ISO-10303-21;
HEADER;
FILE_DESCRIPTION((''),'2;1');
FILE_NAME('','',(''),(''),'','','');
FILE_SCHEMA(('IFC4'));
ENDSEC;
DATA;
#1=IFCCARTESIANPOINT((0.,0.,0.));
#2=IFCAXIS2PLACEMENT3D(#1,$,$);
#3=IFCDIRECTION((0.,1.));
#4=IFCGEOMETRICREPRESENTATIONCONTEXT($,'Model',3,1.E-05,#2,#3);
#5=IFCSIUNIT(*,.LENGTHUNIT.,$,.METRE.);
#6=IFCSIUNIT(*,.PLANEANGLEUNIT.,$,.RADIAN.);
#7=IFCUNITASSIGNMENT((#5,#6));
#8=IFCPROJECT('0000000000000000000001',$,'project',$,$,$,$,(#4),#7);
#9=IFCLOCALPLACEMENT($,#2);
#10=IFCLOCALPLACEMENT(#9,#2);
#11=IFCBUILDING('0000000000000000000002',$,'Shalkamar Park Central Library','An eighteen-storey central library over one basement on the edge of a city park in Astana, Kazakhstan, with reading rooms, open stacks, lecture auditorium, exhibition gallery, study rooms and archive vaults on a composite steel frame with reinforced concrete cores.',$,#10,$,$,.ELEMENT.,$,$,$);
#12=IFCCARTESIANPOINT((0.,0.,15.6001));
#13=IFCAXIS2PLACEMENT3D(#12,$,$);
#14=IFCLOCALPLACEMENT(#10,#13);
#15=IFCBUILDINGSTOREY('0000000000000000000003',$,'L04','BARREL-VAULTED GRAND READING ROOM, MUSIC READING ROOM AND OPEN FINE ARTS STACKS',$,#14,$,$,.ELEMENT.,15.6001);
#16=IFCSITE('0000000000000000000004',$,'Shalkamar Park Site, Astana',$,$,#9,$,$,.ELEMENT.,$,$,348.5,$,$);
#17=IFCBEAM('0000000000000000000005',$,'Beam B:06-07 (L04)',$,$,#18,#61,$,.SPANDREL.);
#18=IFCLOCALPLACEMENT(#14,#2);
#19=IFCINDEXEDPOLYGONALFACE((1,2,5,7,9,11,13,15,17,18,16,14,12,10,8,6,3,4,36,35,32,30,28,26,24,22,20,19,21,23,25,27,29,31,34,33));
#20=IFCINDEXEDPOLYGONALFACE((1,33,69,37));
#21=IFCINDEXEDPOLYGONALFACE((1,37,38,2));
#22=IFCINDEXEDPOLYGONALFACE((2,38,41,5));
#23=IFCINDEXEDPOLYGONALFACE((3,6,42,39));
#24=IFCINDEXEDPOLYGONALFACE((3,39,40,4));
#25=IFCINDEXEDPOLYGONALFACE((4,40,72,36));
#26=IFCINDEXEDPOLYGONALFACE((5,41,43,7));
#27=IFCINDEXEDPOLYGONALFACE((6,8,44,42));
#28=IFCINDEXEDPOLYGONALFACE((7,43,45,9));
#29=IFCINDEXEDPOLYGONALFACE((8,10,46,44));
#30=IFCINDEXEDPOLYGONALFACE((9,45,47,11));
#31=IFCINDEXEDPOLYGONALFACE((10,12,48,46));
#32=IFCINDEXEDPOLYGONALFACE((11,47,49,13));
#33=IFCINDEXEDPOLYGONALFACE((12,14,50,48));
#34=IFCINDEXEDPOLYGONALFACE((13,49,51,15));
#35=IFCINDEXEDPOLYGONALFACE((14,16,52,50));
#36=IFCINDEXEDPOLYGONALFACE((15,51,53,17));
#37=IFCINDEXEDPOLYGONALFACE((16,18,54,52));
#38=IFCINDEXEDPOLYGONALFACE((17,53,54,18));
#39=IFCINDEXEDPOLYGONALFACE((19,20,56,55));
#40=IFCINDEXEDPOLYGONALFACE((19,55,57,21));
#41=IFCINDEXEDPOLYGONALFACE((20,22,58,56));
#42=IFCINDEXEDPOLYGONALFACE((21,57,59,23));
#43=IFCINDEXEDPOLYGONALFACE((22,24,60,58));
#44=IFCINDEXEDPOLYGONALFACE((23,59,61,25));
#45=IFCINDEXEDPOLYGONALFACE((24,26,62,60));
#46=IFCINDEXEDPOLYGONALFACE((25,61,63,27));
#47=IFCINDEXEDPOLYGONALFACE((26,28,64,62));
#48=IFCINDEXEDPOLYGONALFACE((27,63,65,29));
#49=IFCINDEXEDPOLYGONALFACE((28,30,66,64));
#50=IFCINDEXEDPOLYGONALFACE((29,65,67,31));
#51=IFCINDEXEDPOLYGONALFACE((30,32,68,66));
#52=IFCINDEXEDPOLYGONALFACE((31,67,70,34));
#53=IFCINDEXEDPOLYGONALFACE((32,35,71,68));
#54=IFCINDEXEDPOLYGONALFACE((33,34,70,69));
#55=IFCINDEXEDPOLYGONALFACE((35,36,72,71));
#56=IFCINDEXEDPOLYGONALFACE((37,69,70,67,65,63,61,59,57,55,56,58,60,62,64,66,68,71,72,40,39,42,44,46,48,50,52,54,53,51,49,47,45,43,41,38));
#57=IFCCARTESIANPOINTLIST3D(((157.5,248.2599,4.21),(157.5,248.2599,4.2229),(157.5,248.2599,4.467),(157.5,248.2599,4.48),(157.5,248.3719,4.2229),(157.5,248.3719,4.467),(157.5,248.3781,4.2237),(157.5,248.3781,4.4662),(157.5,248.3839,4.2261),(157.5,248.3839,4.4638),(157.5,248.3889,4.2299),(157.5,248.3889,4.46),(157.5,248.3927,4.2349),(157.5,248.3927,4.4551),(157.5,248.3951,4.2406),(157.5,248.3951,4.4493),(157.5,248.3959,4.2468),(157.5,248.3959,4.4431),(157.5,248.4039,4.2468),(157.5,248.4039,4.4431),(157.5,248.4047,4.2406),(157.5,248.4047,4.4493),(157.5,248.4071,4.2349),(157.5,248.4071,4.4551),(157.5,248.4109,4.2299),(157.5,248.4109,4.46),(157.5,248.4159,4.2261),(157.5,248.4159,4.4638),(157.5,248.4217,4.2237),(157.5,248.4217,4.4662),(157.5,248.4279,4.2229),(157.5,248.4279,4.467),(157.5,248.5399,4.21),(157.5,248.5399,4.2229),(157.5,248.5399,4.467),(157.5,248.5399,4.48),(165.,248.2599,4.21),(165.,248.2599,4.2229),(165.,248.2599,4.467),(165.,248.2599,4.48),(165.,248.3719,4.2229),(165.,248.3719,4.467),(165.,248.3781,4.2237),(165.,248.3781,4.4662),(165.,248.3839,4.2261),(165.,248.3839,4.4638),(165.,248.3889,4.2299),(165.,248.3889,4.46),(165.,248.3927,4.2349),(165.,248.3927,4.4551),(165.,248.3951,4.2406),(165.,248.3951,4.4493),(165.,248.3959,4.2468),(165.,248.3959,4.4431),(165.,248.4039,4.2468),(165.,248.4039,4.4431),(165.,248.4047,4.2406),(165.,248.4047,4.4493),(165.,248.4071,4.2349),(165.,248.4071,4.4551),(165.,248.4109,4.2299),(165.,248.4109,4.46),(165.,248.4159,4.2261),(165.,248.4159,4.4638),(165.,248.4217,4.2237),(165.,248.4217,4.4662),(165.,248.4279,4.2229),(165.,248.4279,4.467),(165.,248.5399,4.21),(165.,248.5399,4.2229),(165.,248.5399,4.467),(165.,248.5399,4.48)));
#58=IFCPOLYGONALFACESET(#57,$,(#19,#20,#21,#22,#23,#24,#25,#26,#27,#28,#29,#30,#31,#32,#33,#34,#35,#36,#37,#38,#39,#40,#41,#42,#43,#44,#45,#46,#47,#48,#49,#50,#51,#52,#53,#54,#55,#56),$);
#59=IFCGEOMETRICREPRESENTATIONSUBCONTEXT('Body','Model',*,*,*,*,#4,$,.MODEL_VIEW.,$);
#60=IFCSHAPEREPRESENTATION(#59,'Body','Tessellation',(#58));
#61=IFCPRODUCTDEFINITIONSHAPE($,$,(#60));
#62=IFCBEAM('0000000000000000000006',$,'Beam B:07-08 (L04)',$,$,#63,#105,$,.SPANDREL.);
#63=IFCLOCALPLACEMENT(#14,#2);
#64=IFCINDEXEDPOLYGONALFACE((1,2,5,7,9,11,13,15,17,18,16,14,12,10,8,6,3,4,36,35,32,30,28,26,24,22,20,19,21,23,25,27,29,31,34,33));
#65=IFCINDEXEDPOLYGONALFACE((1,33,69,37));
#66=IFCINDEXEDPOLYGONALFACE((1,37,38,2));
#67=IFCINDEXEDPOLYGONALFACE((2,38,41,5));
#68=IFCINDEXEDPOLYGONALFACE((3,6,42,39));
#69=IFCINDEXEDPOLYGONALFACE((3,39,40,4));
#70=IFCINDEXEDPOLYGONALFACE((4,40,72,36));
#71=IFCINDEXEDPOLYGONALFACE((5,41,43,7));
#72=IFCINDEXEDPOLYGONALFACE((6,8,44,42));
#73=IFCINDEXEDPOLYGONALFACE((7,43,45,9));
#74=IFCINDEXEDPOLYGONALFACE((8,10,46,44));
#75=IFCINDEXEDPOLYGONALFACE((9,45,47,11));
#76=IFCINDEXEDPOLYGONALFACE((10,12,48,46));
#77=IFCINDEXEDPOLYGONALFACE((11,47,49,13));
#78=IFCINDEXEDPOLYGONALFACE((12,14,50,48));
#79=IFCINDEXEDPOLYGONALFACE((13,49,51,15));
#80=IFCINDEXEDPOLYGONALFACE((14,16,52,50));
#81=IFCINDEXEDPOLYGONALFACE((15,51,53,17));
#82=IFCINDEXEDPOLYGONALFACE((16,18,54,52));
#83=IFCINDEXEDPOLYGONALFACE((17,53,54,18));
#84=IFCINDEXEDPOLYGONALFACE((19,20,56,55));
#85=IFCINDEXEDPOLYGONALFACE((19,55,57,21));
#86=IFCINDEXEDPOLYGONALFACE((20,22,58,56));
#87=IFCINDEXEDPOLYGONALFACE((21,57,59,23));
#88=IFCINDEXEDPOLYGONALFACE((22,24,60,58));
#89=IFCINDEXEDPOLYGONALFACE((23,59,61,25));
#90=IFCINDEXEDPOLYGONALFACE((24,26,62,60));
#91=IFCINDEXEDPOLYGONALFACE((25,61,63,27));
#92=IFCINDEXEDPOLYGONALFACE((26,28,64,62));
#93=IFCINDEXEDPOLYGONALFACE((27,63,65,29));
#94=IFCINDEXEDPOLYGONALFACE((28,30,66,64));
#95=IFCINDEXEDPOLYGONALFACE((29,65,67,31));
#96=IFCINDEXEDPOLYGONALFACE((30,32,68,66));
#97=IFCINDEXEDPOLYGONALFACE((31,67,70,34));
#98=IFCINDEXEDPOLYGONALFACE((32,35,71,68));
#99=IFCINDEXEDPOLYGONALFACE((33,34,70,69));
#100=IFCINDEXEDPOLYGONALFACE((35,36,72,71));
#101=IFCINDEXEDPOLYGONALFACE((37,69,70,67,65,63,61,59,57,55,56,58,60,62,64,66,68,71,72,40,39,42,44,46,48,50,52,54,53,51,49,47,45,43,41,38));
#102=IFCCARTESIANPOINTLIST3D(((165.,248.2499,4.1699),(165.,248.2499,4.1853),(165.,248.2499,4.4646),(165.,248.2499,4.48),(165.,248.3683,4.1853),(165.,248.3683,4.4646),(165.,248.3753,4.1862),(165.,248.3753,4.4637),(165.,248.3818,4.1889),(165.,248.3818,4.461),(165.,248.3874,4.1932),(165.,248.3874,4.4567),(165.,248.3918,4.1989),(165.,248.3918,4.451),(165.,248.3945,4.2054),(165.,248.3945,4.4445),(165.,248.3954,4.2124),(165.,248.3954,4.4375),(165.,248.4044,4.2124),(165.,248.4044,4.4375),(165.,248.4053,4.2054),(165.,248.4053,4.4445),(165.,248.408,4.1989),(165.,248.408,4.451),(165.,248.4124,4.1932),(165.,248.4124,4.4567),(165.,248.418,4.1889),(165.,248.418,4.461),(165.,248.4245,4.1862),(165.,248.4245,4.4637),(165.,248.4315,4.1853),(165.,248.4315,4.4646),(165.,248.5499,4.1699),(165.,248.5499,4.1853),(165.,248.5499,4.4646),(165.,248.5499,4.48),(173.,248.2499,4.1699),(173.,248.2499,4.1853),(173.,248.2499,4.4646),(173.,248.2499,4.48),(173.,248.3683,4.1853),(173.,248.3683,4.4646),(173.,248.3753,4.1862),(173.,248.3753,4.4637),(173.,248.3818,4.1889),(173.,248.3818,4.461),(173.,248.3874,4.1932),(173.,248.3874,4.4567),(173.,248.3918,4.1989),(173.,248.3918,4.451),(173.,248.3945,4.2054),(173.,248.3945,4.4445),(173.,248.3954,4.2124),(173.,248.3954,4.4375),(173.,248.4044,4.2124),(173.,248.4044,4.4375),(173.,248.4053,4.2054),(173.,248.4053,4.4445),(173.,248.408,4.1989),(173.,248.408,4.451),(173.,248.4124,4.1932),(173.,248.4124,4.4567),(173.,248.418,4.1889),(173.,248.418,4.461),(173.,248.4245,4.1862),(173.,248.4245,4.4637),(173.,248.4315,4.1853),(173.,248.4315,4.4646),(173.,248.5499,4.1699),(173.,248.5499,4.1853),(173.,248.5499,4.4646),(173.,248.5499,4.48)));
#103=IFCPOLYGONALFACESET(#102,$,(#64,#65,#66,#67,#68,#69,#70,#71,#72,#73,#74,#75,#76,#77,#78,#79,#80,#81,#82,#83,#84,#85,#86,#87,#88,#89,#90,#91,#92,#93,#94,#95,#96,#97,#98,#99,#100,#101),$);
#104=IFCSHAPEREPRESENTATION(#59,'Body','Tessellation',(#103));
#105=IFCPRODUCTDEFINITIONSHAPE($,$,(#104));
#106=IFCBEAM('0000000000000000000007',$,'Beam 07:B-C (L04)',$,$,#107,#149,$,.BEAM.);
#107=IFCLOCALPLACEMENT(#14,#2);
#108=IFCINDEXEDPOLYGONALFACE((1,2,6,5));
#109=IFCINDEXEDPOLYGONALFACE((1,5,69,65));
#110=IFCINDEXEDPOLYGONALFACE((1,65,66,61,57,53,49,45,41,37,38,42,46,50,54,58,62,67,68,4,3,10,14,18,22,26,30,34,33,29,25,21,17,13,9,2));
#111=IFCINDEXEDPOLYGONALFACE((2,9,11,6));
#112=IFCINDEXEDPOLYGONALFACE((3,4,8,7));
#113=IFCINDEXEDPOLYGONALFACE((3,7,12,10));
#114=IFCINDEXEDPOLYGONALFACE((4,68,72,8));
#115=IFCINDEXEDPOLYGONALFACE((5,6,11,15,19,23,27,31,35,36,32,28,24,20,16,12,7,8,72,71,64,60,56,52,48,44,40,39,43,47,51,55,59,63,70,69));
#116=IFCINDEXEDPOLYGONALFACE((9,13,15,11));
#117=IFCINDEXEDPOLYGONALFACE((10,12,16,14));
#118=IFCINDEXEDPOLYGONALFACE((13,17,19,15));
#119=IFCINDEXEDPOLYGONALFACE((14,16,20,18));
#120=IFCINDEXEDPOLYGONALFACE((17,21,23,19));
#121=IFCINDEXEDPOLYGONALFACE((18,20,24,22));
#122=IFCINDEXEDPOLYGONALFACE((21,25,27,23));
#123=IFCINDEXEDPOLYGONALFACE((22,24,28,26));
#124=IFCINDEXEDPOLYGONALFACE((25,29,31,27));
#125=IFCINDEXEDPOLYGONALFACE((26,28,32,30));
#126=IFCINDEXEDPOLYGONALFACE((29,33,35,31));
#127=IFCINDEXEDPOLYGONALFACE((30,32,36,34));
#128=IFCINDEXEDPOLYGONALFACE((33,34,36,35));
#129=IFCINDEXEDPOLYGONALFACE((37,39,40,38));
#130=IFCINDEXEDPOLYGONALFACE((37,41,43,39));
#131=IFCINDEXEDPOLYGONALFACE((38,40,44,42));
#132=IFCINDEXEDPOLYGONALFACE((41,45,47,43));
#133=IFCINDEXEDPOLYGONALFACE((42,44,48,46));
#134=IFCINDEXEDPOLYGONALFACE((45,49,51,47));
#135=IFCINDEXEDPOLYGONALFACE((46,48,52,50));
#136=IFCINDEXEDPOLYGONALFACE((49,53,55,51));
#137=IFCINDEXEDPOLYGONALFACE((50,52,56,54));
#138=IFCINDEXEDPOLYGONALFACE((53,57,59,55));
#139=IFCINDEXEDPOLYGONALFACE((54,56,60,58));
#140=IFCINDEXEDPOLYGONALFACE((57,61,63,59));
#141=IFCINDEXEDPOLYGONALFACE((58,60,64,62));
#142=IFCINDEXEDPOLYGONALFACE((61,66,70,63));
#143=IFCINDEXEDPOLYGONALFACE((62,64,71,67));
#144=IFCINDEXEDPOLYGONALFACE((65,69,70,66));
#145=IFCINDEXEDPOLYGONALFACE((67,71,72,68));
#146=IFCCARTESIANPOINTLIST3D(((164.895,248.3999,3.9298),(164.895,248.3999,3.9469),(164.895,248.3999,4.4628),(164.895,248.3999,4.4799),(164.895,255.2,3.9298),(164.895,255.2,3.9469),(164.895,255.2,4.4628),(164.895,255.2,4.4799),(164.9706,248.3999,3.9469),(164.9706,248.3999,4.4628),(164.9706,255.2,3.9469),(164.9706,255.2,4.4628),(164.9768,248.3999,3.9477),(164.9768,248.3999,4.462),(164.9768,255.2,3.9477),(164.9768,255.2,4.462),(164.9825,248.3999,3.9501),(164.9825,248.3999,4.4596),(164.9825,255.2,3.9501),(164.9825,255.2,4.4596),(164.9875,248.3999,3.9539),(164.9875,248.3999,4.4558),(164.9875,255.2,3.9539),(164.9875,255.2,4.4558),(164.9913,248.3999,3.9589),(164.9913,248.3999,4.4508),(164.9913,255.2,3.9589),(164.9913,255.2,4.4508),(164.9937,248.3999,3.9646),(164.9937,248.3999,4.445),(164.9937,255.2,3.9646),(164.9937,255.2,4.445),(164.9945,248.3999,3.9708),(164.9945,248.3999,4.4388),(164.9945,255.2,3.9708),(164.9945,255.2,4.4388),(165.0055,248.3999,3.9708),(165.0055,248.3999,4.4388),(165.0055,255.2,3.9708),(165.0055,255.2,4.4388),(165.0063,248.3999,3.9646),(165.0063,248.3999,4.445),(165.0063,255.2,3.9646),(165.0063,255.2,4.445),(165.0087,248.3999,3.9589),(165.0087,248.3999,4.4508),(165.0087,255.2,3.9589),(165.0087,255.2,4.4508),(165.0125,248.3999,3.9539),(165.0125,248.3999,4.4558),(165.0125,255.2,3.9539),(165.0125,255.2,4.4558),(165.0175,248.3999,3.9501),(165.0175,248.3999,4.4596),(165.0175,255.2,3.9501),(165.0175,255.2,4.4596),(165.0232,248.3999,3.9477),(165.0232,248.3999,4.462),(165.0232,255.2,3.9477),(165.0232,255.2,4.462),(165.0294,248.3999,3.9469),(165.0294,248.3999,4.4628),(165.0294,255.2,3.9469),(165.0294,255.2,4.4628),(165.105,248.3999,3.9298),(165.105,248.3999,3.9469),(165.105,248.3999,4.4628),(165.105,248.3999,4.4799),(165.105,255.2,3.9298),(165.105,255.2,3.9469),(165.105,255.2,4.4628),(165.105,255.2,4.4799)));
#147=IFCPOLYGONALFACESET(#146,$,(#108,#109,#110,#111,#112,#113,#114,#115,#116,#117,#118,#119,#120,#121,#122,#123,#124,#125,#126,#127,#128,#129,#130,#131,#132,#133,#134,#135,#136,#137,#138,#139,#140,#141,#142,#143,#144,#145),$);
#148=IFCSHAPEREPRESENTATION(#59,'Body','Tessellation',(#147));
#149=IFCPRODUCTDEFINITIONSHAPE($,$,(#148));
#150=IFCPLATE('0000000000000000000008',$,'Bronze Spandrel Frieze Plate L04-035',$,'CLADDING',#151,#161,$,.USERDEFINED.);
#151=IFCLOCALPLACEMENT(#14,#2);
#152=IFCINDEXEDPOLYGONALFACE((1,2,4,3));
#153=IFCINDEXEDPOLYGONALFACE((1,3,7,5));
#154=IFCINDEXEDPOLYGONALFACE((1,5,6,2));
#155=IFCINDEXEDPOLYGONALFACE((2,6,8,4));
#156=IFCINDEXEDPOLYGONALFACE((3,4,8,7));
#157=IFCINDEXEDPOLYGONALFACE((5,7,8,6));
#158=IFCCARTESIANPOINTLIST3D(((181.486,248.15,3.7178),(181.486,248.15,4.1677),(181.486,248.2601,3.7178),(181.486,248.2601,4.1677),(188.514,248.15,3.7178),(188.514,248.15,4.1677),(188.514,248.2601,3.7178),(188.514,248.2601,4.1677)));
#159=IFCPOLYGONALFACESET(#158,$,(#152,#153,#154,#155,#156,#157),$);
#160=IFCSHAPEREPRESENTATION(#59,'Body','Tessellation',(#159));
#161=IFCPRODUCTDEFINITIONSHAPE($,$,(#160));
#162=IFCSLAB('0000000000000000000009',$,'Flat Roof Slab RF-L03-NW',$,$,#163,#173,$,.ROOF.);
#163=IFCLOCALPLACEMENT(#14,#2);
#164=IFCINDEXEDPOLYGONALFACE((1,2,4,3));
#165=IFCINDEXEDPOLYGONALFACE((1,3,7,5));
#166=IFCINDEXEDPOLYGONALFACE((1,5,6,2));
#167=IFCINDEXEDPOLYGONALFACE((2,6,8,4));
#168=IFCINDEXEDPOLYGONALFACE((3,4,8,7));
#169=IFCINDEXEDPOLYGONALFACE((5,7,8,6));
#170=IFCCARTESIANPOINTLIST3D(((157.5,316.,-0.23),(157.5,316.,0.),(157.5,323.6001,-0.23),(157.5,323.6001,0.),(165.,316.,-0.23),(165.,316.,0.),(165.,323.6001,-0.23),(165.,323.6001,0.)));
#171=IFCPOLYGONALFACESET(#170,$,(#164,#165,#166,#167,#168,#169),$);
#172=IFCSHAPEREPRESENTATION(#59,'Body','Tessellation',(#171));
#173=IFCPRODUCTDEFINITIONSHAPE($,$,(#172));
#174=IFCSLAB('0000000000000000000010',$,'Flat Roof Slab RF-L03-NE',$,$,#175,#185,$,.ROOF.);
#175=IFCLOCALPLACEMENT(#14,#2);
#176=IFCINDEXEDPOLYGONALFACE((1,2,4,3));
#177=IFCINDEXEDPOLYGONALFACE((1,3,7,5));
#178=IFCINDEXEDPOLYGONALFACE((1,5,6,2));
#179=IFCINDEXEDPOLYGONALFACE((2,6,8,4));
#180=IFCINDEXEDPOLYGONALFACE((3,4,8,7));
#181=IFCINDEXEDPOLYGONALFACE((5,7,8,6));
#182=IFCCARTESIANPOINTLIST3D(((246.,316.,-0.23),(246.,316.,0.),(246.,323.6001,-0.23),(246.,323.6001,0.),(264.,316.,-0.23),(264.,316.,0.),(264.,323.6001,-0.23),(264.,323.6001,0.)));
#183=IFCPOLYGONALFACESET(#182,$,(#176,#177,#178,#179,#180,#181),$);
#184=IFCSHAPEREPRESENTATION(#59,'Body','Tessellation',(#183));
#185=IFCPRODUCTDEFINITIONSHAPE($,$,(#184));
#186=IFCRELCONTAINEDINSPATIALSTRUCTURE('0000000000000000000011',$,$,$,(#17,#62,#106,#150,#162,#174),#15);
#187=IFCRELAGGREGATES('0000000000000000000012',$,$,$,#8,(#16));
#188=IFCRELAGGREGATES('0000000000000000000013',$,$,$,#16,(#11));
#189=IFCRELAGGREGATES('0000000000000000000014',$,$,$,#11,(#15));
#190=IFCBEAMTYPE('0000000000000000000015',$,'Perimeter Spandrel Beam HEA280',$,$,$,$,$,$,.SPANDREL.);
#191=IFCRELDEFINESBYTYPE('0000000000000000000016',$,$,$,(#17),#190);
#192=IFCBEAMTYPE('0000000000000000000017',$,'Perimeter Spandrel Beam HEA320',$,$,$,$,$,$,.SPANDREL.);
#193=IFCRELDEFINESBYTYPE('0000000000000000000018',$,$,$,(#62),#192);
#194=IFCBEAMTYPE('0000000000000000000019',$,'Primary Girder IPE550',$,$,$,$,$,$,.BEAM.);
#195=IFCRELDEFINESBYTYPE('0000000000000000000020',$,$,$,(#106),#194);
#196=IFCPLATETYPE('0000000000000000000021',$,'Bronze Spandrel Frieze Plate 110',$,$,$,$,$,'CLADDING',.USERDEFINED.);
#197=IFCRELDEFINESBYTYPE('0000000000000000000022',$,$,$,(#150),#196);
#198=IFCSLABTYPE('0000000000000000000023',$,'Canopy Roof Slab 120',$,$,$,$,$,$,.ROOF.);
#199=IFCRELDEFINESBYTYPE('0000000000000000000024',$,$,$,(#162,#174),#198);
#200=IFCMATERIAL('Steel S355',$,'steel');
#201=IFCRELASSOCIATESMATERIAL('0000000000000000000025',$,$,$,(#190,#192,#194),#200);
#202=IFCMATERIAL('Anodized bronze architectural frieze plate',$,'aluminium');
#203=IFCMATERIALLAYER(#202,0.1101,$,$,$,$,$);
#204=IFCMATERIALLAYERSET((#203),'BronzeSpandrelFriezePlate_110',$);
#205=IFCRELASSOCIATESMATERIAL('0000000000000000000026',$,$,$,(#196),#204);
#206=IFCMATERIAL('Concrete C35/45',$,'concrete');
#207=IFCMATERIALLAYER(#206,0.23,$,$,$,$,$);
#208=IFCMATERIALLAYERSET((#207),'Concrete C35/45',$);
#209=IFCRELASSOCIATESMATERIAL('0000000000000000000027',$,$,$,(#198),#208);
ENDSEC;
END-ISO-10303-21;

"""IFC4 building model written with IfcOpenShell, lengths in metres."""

from ifc_helpers import new_model, si_unit, direction, frame, origin, origin_2d, place, context, subcontext, project, spatial, polyline, rectangle, i_section, outline, extrude, material, layer, layer_set, material_profile, profile_set, type_object, element, save


model = new_model("IFC4")

# Units and contexts
model_context = context("Model", 3, precision=1e-05, world=origin(), true_north=direction((0.0, 1.0)))
body_context = subcontext(model_context, "Body", "Model", "MODEL_VIEW")
ifc_project = project(units=[si_unit("LENGTHUNIT", "METRE"), si_unit("PLANEANGLEUNIT", "RADIAN")], contexts=[model_context])

# Site, building, storey
site_placement = place(None, origin())
site = spatial("IfcSite", under=ifc_project, at=site_placement, Name="Shalkamar Park Site, Astana", CompositionType="ELEMENT", RefElevation=348.5)
building_placement = place(site_placement, origin())
building = spatial("IfcBuilding", under=site, at=building_placement, Name="Shalkamar Park Central Library", Description="An eighteen-storey central library over one basement on the edge of a city park in Astana, Kazakhstan, with reading rooms, open stacks, lecture auditorium, exhibition gallery, study rooms and archive vaults on a composite steel frame with reinforced concrete cores.", CompositionType="ELEMENT")
storey_placement = place(building_placement, frame((0.0, 0.0, 15.6001)))
storey = spatial("IfcBuildingStorey", under=building, at=storey_placement, Name="L04", Description="BARREL-VAULTED GRAND READING ROOM, MUSIC READING ROOM AND OPEN FINE ARTS STACKS", CompositionType="ELEMENT", Elevation=15.6001)

# Shared definitions
ifc_material_1 = material(Name="Steel S355", Category="steel")

# Beams
ifc_material_profile_1 = material_profile(ifc_material_1, i_section(OverallWidth=0.28, OverallDepth=0.27, WebThickness=0.0081, FlangeThickness=0.0129, FilletRadius=0.0239, at=origin_2d()), Name="HEA 280")
ifc_profile_set_1 = profile_set([ifc_material_profile_1], Name="Steel S355")
beam_type_1 = type_object("IfcBeamType", Name="Perimeter Spandrel Beam HEA280", PredefinedType="SPANDREL", material=ifc_profile_set_1)
beam_1_placement = place(storey_placement, frame((157.5, 248.3999, 4.345), z_axis=(1.0, 0.0, 0.0), x_axis=(0.0, 1.0, 0.0)))
element("IfcBeam", 1, at=beam_1_placement, inside=storey, type_object=beam_type_1, Name="Beam B:06-07 (L04)", PredefinedType="SPANDREL", context=body_context, shape_type="SweptSolid", body=[
    extrude(i_section(OverallWidth=0.28, OverallDepth=0.27, WebThickness=0.0081, FlangeThickness=0.0129, FilletRadius=0.0239, at=origin_2d()), origin(), (0.0, 0.0, 1.0), 7.5),
])
ifc_material_profile_2 = material_profile(ifc_material_1, i_section(OverallWidth=0.3, OverallDepth=0.3101, WebThickness=0.009, FlangeThickness=0.0154, FilletRadius=0.0271, at=origin_2d()), Name="HEA 320")
ifc_profile_set_2 = profile_set([ifc_material_profile_2], Name="Steel S355")
beam_type_2 = type_object("IfcBeamType", Name="Perimeter Spandrel Beam HEA320", PredefinedType="SPANDREL", material=ifc_profile_set_2)
beam_2_placement = place(storey_placement, frame((165.0, 248.3999, 4.325), z_axis=(1.0, 0.0, 0.0), x_axis=(0.0, 1.0, 0.0)))
element("IfcBeam", 2, at=beam_2_placement, inside=storey, type_object=beam_type_2, Name="Beam B:07-08 (L04)", PredefinedType="SPANDREL", context=body_context, shape_type="SweptSolid", body=[
    extrude(i_section(OverallWidth=0.3, OverallDepth=0.3101, WebThickness=0.009, FlangeThickness=0.0154, FilletRadius=0.0271, at=origin_2d()), origin(), (0.0, 0.0, 1.0), 8.0),
])
ifc_material_profile_3 = material_profile(ifc_material_1, i_section(OverallWidth=0.21, OverallDepth=0.55, WebThickness=0.011, FlangeThickness=0.0171, FilletRadius=0.0239, at=origin_2d()), Name="IPE 550")
ifc_profile_set_3 = profile_set([ifc_material_profile_3], Name="Steel S355")
beam_type_3 = type_object("IfcBeamType", Name="Primary Girder IPE550", PredefinedType="BEAM", material=ifc_profile_set_3)
beam_3_placement = place(storey_placement, frame((165.0, 248.3999, 4.2048), z_axis=(0.0, 1.0, 0.0), x_axis=(-1.0, 0.0, 0.0)))
element("IfcBeam", 3, at=beam_3_placement, inside=storey, type_object=beam_type_3, Name="Beam 07:B-C (L04)", PredefinedType="BEAM", context=body_context, shape_type="SweptSolid", body=[
    extrude(i_section(OverallWidth=0.21, OverallDepth=0.55, WebThickness=0.011, FlangeThickness=0.0171, FilletRadius=0.0239, at=origin_2d()), origin(), (0.0, 0.0, 1.0), 6.8),
])

# Plate
ifc_material_2 = material(Name="Anodized bronze architectural frieze plate", Category="aluminium")
ifc_layer_1 = layer(ifc_material_2, 0.1101)
ifc_layer_set_1 = layer_set([ifc_layer_1], Name="BronzeSpandrelFriezePlate_110")
plate_type = type_object("IfcPlateType", Name="Bronze Spandrel Frieze Plate 110", ElementType="CLADDING", PredefinedType="USERDEFINED", material=ifc_layer_set_1)
plate_placement = place(storey_placement, frame((185.0, 248.2051, 3.7178), z_axis=(0.0, 0.0, 1.0), x_axis=(1.0, 0.0, 0.0)))
element("IfcPlate", 4, at=plate_placement, inside=storey, type_object=plate_type, Name="Bronze Spandrel Frieze Plate L04-035", ObjectType="CLADDING", PredefinedType="USERDEFINED", context=body_context, shape_type="SweptSolid", body=[
    extrude(rectangle(XDim=7.0281, YDim=0.1101, at=origin_2d()), origin(), (0.0, 0.0, 1.0), 0.45),
])

# Slabs
ifc_material_3 = material(Name="Concrete C35/45", Category="concrete")
ifc_layer_2 = layer(ifc_material_3, 0.23)
ifc_layer_set_2 = layer_set([ifc_layer_2], Name="Concrete C35/45")
slab_type_1 = type_object("IfcSlabType", Name="Canopy Roof Slab 120", PredefinedType="ROOF", material=ifc_layer_set_2)
slab_1_placement = place(storey_placement, frame((0.0, 0.0, -0.23)))
element("IfcSlab", 5, at=slab_1_placement, inside=storey, type_object=slab_type_1, Name="Flat Roof Slab RF-L03-NW", PredefinedType="ROOF", context=body_context, shape_type="SweptSolid", body=[
    extrude(outline(polyline([(157.5, 316.0), (165.0, 316.0), (165.0, 323.6001), (157.5, 323.6001), (157.5, 316.0)])), origin(), (0.0, 0.0, 1.0), 0.23),
])
slab_2_placement = place(storey_placement, frame((0.0, 0.0, -0.23)))
element("IfcSlab", 6, at=slab_2_placement, inside=storey, type_object=slab_type_1, Name="Flat Roof Slab RF-L03-NE", PredefinedType="ROOF", context=body_context, shape_type="SweptSolid", body=[
    extrude(outline(polyline([(246.0, 316.0), (264.0, 316.0), (264.0, 323.6001), (246.0, 323.6001), (246.0, 316.0)])), origin(), (0.0, 0.0, 1.0), 0.23),
])

save(model, "model.ifc")
